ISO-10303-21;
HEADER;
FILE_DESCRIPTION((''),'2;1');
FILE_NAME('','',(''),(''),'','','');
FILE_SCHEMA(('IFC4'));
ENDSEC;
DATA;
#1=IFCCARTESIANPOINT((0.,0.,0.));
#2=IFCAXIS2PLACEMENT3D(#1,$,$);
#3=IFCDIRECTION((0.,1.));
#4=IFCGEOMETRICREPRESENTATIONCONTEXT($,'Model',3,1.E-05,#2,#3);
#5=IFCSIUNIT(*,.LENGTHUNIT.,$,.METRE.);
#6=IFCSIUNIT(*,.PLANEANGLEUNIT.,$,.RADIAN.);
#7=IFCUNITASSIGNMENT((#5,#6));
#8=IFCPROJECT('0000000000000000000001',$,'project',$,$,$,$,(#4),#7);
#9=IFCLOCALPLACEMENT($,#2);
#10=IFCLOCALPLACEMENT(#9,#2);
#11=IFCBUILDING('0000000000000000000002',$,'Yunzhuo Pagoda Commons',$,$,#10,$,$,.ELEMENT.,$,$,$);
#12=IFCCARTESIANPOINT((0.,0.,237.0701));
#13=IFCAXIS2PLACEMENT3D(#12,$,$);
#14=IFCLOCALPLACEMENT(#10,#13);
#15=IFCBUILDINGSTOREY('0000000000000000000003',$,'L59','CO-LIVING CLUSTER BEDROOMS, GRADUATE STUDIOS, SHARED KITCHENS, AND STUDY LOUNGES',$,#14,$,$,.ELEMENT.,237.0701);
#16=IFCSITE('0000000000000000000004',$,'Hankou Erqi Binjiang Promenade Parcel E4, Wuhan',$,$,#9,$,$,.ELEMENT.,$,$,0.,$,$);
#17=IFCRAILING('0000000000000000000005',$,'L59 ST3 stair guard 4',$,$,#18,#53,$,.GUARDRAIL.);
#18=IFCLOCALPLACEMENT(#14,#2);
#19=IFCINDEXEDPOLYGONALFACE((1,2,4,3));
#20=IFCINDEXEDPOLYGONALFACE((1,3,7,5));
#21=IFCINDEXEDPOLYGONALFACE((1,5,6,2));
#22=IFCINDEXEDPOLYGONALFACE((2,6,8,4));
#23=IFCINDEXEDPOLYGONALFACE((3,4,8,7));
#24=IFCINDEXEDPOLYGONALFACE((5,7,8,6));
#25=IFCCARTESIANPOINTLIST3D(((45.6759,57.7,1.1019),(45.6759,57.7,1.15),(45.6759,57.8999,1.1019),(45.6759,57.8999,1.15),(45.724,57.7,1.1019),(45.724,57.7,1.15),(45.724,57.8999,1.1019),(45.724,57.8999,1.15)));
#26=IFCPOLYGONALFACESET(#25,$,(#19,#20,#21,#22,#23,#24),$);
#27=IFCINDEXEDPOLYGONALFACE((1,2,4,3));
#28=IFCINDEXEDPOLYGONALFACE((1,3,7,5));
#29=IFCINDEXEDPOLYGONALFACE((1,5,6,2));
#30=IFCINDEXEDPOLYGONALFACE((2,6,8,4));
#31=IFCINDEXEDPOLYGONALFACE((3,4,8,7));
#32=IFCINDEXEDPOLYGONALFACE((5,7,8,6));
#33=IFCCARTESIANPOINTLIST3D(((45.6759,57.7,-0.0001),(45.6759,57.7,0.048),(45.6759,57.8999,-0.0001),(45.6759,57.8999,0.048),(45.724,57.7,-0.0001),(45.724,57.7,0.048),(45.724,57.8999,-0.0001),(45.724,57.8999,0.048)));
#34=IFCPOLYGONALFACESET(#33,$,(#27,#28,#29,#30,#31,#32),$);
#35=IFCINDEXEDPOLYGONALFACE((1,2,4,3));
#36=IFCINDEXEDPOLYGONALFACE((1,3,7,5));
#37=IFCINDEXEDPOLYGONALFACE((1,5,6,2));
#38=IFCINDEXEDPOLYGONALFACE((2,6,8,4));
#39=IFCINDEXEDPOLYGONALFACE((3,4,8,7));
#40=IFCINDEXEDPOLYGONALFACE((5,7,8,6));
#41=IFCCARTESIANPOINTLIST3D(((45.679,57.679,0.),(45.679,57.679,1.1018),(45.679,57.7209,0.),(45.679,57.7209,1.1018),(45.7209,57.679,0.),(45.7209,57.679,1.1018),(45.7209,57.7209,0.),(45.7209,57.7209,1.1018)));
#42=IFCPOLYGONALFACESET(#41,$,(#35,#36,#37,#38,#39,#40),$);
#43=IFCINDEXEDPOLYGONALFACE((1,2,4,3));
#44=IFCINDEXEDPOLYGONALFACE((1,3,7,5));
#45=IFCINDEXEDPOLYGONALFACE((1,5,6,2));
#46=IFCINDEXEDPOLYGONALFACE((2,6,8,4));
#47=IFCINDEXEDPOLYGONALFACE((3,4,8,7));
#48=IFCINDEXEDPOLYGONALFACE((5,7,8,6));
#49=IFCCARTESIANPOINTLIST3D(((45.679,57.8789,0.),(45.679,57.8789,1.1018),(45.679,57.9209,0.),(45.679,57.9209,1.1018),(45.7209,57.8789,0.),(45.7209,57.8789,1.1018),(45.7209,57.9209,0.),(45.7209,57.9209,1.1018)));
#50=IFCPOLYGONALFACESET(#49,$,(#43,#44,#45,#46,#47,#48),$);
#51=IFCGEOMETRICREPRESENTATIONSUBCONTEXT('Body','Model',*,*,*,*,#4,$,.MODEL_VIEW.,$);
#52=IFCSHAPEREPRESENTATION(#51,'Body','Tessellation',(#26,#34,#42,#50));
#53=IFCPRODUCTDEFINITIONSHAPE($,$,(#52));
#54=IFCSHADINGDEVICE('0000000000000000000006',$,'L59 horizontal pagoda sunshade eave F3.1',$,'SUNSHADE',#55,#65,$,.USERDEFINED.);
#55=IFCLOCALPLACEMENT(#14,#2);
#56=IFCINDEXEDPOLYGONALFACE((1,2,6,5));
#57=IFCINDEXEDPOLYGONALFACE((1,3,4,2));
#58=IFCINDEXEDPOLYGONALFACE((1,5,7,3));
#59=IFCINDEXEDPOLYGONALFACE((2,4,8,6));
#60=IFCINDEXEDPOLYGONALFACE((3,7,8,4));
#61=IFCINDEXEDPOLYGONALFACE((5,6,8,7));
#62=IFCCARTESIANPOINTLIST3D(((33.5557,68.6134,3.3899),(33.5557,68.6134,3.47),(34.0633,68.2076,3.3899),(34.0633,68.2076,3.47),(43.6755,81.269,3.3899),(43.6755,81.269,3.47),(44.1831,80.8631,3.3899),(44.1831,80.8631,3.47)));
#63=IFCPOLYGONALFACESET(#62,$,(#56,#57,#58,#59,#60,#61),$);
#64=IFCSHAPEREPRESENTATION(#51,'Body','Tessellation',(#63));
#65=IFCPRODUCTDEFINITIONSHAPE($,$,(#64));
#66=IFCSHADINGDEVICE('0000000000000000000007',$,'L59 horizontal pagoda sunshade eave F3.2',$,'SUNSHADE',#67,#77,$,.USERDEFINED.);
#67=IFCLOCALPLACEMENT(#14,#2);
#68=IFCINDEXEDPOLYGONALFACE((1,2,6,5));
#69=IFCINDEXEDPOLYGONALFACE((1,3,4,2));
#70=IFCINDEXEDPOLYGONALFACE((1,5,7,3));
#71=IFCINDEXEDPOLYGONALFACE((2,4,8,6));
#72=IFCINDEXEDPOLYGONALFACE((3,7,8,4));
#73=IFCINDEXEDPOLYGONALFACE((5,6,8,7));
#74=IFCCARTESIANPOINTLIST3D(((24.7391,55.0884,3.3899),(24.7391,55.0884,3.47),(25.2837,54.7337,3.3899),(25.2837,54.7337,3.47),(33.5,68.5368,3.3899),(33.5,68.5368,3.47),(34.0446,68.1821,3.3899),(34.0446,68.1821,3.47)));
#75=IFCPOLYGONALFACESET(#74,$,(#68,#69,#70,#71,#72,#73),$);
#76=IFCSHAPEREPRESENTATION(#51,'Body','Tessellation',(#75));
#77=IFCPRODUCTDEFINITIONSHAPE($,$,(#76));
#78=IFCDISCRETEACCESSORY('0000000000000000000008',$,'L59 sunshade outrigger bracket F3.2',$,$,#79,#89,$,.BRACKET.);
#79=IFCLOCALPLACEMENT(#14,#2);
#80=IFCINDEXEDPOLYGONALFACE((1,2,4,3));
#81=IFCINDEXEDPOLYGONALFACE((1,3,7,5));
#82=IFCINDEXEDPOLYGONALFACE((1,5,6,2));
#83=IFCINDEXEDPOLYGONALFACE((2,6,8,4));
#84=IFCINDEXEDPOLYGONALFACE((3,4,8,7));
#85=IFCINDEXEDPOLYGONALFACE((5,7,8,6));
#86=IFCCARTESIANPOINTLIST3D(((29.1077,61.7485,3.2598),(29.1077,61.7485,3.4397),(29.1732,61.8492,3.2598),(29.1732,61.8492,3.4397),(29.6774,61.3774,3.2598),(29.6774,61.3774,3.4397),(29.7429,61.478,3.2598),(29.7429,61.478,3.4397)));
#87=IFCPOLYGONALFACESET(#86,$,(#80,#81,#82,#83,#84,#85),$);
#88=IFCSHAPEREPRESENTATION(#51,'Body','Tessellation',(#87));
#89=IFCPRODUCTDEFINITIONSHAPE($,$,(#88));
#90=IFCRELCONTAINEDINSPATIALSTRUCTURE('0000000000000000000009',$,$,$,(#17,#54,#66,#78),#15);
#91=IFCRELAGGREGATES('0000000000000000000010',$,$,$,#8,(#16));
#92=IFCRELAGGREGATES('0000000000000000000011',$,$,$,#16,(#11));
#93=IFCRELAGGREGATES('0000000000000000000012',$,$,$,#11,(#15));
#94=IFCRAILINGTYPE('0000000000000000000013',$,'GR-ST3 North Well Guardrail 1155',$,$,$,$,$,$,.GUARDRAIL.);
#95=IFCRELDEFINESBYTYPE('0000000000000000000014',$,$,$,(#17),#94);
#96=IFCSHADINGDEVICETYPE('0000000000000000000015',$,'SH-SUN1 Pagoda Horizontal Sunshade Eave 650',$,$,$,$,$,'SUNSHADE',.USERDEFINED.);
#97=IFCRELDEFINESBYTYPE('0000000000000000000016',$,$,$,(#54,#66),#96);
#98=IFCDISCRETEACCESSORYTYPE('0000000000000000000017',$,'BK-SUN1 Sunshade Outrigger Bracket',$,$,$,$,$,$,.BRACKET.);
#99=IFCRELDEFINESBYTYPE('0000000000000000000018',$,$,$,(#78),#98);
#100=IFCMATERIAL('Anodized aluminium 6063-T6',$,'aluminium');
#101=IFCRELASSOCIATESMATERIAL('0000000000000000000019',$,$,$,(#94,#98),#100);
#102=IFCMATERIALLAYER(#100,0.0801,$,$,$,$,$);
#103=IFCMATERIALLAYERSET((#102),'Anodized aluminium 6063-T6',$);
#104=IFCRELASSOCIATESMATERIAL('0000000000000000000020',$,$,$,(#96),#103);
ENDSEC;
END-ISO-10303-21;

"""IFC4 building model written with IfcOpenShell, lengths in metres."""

from ifc_helpers import new_model, si_unit, direction, frame, origin, origin_2d, place, context, subcontext, project, spatial, rectangle, extrude, source, transform, mapped, material, layer, layer_set, type_object, element, save


model = new_model("IFC4")

# Units and contexts
model_context = context("Model", 3, precision=1e-05, world=origin(), true_north=direction((0.0, 1.0)))
body_context = subcontext(model_context, "Body", "Model", "MODEL_VIEW")
ifc_project = project(units=[si_unit("LENGTHUNIT", "METRE"), si_unit("PLANEANGLEUNIT", "RADIAN")], contexts=[model_context])

# Site, building, storey
site_placement = place(None, origin())
site = spatial("IfcSite", under=ifc_project, at=site_placement, Name="Hankou Erqi Binjiang Promenade Parcel E4, Wuhan", CompositionType="ELEMENT", RefElevation=0.0)
building_placement = place(site_placement, origin())
building = spatial("IfcBuilding", under=site, at=building_placement, Name="Yunzhuo Pagoda Commons", CompositionType="ELEMENT")
storey_placement = place(building_placement, frame((0.0, 0.0, 237.0701)))
storey = spatial("IfcBuildingStorey", under=building, at=storey_placement, Name="L59", Description="CO-LIVING CLUSTER BEDROOMS, GRADUATE STUDIOS, SHARED KITCHENS, AND STUDY LOUNGES", CompositionType="ELEMENT", Elevation=237.0701)

# Shared definitions
ifc_material_1 = material(Name="Anodized aluminium 6063-T6", Category="aluminium")

# Railing
railing_type = type_object("IfcRailingType", Name="GR-ST3 North Well Guardrail 1155", PredefinedType="GUARDRAIL", material=ifc_material_1)
railing_1_placement = place(storey_placement, frame((45.7, 57.7, 0.0)))
element("IfcRailing", 1, at=railing_1_placement, inside=storey, type_object=railing_type, Name="L59 ST3 stair guard 4", PredefinedType="GUARDRAIL", context=body_context, shape_type="SweptSolid", body=[
    extrude(rectangle(XDim=0.0481, YDim=0.0481, at=origin_2d()), frame((0.0, 0.0, 1.126), z_axis=(0.0, 1.0, 0.0), x_axis=(-1.0, 0.0, 0.0)), (0.0, 0.0, 1.0), 0.2),
    extrude(rectangle(XDim=0.0481, YDim=0.0481, at=origin_2d()), frame((0.0, 0.0, 0.0239), z_axis=(0.0, 1.0, 0.0), x_axis=(-1.0, 0.0, 0.0)), (0.0, 0.0, 1.0), 0.2),
    extrude(rectangle(XDim=0.042, YDim=0.042, at=origin_2d()), origin(), (0.0, 0.0, 1.0), 1.1018),
    extrude(rectangle(XDim=0.042, YDim=0.042, at=origin_2d()), frame((0.0, 0.2, 0.0)), (0.0, 0.0, 1.0), 1.1018),
])

# Shading devices
ifc_layer_1 = layer(ifc_material_1, 0.0801)
ifc_layer_set_1 = layer_set([ifc_layer_1], Name="Anodized aluminium 6063-T6")
shading_device_type = type_object("IfcShadingDeviceType", Name="SH-SUN1 Pagoda Horizontal Sunshade Eave 650", ElementType="SUNSHADE", PredefinedType="USERDEFINED", material=ifc_layer_set_1)
shared_shape_1 = source(origin(), body_context, "Body", "SweptSolid", [
    extrude(rectangle(XDim=16.2041, YDim=0.6499, at=origin_2d()), origin(), (0.0, 0.0, 1.0), 0.0801),
])
shading_device_1_placement = place(storey_placement, frame((38.8694, 74.7383, 3.3899), z_axis=(0.0, 0.0, 1.0), x_axis=(-0.62452, -0.781008, 0.0)))
element("IfcShadingDevice", 2, at=shading_device_1_placement, inside=storey, type_object=shading_device_type, Name="L59 horizontal pagoda sunshade eave F3.1", ObjectType="SUNSHADE", PredefinedType="USERDEFINED", context=body_context, shape_type="MappedRepresentation", body=[
    mapped(shared_shape_1, transform((0.0, 0.0, 0.0), scale=1.0)),
])
shared_shape_2 = source(origin(), body_context, "Body", "SweptSolid", [
    extrude(rectangle(XDim=16.0503, YDim=0.6499, at=origin_2d()), origin(), (0.0, 0.0, 1.0), 0.0801),
])
shading_device_2_placement = place(storey_placement, frame((29.3918, 61.6353, 3.3899), z_axis=(0.0, 0.0, 1.0), x_axis=(-0.545839, -0.83789, 0.0)))
element("IfcShadingDevice", 3, at=shading_device_2_placement, inside=storey, type_object=shading_device_type, Name="L59 horizontal pagoda sunshade eave F3.2", ObjectType="SUNSHADE", PredefinedType="USERDEFINED", context=body_context, shape_type="MappedRepresentation", body=[
    mapped(shared_shape_2, transform((0.0, 0.0, 0.0), scale=1.0)),
])

# Discrete accessory
discrete_accessory_type = type_object("IfcDiscreteAccessoryType", Name="BK-SUN1 Sunshade Outrigger Bracket", PredefinedType="BRACKET", material=ifc_material_1)
shared_shape_3 = source(origin(), body_context, "Body", "SweptSolid", [
    extrude(rectangle(XDim=0.1201, YDim=0.6799, at=origin_2d()), origin(), (0.0, 0.0, 1.0), 0.1799),
])
discrete_accessory_placement = place(storey_placement, frame((29.4253, 61.6133, 3.2598), z_axis=(0.0, 0.0, 1.0), x_axis=(-0.545839, -0.83789, 0.0)))
element("IfcDiscreteAccessory", 4, at=discrete_accessory_placement, inside=storey, type_object=discrete_accessory_type, Name="L59 sunshade outrigger bracket F3.2", PredefinedType="BRACKET", context=body_context, shape_type="MappedRepresentation", body=[
    mapped(shared_shape_3, transform((0.0, 0.0, 0.0), scale=1.0)),
])

save(model, "model.ifc")
